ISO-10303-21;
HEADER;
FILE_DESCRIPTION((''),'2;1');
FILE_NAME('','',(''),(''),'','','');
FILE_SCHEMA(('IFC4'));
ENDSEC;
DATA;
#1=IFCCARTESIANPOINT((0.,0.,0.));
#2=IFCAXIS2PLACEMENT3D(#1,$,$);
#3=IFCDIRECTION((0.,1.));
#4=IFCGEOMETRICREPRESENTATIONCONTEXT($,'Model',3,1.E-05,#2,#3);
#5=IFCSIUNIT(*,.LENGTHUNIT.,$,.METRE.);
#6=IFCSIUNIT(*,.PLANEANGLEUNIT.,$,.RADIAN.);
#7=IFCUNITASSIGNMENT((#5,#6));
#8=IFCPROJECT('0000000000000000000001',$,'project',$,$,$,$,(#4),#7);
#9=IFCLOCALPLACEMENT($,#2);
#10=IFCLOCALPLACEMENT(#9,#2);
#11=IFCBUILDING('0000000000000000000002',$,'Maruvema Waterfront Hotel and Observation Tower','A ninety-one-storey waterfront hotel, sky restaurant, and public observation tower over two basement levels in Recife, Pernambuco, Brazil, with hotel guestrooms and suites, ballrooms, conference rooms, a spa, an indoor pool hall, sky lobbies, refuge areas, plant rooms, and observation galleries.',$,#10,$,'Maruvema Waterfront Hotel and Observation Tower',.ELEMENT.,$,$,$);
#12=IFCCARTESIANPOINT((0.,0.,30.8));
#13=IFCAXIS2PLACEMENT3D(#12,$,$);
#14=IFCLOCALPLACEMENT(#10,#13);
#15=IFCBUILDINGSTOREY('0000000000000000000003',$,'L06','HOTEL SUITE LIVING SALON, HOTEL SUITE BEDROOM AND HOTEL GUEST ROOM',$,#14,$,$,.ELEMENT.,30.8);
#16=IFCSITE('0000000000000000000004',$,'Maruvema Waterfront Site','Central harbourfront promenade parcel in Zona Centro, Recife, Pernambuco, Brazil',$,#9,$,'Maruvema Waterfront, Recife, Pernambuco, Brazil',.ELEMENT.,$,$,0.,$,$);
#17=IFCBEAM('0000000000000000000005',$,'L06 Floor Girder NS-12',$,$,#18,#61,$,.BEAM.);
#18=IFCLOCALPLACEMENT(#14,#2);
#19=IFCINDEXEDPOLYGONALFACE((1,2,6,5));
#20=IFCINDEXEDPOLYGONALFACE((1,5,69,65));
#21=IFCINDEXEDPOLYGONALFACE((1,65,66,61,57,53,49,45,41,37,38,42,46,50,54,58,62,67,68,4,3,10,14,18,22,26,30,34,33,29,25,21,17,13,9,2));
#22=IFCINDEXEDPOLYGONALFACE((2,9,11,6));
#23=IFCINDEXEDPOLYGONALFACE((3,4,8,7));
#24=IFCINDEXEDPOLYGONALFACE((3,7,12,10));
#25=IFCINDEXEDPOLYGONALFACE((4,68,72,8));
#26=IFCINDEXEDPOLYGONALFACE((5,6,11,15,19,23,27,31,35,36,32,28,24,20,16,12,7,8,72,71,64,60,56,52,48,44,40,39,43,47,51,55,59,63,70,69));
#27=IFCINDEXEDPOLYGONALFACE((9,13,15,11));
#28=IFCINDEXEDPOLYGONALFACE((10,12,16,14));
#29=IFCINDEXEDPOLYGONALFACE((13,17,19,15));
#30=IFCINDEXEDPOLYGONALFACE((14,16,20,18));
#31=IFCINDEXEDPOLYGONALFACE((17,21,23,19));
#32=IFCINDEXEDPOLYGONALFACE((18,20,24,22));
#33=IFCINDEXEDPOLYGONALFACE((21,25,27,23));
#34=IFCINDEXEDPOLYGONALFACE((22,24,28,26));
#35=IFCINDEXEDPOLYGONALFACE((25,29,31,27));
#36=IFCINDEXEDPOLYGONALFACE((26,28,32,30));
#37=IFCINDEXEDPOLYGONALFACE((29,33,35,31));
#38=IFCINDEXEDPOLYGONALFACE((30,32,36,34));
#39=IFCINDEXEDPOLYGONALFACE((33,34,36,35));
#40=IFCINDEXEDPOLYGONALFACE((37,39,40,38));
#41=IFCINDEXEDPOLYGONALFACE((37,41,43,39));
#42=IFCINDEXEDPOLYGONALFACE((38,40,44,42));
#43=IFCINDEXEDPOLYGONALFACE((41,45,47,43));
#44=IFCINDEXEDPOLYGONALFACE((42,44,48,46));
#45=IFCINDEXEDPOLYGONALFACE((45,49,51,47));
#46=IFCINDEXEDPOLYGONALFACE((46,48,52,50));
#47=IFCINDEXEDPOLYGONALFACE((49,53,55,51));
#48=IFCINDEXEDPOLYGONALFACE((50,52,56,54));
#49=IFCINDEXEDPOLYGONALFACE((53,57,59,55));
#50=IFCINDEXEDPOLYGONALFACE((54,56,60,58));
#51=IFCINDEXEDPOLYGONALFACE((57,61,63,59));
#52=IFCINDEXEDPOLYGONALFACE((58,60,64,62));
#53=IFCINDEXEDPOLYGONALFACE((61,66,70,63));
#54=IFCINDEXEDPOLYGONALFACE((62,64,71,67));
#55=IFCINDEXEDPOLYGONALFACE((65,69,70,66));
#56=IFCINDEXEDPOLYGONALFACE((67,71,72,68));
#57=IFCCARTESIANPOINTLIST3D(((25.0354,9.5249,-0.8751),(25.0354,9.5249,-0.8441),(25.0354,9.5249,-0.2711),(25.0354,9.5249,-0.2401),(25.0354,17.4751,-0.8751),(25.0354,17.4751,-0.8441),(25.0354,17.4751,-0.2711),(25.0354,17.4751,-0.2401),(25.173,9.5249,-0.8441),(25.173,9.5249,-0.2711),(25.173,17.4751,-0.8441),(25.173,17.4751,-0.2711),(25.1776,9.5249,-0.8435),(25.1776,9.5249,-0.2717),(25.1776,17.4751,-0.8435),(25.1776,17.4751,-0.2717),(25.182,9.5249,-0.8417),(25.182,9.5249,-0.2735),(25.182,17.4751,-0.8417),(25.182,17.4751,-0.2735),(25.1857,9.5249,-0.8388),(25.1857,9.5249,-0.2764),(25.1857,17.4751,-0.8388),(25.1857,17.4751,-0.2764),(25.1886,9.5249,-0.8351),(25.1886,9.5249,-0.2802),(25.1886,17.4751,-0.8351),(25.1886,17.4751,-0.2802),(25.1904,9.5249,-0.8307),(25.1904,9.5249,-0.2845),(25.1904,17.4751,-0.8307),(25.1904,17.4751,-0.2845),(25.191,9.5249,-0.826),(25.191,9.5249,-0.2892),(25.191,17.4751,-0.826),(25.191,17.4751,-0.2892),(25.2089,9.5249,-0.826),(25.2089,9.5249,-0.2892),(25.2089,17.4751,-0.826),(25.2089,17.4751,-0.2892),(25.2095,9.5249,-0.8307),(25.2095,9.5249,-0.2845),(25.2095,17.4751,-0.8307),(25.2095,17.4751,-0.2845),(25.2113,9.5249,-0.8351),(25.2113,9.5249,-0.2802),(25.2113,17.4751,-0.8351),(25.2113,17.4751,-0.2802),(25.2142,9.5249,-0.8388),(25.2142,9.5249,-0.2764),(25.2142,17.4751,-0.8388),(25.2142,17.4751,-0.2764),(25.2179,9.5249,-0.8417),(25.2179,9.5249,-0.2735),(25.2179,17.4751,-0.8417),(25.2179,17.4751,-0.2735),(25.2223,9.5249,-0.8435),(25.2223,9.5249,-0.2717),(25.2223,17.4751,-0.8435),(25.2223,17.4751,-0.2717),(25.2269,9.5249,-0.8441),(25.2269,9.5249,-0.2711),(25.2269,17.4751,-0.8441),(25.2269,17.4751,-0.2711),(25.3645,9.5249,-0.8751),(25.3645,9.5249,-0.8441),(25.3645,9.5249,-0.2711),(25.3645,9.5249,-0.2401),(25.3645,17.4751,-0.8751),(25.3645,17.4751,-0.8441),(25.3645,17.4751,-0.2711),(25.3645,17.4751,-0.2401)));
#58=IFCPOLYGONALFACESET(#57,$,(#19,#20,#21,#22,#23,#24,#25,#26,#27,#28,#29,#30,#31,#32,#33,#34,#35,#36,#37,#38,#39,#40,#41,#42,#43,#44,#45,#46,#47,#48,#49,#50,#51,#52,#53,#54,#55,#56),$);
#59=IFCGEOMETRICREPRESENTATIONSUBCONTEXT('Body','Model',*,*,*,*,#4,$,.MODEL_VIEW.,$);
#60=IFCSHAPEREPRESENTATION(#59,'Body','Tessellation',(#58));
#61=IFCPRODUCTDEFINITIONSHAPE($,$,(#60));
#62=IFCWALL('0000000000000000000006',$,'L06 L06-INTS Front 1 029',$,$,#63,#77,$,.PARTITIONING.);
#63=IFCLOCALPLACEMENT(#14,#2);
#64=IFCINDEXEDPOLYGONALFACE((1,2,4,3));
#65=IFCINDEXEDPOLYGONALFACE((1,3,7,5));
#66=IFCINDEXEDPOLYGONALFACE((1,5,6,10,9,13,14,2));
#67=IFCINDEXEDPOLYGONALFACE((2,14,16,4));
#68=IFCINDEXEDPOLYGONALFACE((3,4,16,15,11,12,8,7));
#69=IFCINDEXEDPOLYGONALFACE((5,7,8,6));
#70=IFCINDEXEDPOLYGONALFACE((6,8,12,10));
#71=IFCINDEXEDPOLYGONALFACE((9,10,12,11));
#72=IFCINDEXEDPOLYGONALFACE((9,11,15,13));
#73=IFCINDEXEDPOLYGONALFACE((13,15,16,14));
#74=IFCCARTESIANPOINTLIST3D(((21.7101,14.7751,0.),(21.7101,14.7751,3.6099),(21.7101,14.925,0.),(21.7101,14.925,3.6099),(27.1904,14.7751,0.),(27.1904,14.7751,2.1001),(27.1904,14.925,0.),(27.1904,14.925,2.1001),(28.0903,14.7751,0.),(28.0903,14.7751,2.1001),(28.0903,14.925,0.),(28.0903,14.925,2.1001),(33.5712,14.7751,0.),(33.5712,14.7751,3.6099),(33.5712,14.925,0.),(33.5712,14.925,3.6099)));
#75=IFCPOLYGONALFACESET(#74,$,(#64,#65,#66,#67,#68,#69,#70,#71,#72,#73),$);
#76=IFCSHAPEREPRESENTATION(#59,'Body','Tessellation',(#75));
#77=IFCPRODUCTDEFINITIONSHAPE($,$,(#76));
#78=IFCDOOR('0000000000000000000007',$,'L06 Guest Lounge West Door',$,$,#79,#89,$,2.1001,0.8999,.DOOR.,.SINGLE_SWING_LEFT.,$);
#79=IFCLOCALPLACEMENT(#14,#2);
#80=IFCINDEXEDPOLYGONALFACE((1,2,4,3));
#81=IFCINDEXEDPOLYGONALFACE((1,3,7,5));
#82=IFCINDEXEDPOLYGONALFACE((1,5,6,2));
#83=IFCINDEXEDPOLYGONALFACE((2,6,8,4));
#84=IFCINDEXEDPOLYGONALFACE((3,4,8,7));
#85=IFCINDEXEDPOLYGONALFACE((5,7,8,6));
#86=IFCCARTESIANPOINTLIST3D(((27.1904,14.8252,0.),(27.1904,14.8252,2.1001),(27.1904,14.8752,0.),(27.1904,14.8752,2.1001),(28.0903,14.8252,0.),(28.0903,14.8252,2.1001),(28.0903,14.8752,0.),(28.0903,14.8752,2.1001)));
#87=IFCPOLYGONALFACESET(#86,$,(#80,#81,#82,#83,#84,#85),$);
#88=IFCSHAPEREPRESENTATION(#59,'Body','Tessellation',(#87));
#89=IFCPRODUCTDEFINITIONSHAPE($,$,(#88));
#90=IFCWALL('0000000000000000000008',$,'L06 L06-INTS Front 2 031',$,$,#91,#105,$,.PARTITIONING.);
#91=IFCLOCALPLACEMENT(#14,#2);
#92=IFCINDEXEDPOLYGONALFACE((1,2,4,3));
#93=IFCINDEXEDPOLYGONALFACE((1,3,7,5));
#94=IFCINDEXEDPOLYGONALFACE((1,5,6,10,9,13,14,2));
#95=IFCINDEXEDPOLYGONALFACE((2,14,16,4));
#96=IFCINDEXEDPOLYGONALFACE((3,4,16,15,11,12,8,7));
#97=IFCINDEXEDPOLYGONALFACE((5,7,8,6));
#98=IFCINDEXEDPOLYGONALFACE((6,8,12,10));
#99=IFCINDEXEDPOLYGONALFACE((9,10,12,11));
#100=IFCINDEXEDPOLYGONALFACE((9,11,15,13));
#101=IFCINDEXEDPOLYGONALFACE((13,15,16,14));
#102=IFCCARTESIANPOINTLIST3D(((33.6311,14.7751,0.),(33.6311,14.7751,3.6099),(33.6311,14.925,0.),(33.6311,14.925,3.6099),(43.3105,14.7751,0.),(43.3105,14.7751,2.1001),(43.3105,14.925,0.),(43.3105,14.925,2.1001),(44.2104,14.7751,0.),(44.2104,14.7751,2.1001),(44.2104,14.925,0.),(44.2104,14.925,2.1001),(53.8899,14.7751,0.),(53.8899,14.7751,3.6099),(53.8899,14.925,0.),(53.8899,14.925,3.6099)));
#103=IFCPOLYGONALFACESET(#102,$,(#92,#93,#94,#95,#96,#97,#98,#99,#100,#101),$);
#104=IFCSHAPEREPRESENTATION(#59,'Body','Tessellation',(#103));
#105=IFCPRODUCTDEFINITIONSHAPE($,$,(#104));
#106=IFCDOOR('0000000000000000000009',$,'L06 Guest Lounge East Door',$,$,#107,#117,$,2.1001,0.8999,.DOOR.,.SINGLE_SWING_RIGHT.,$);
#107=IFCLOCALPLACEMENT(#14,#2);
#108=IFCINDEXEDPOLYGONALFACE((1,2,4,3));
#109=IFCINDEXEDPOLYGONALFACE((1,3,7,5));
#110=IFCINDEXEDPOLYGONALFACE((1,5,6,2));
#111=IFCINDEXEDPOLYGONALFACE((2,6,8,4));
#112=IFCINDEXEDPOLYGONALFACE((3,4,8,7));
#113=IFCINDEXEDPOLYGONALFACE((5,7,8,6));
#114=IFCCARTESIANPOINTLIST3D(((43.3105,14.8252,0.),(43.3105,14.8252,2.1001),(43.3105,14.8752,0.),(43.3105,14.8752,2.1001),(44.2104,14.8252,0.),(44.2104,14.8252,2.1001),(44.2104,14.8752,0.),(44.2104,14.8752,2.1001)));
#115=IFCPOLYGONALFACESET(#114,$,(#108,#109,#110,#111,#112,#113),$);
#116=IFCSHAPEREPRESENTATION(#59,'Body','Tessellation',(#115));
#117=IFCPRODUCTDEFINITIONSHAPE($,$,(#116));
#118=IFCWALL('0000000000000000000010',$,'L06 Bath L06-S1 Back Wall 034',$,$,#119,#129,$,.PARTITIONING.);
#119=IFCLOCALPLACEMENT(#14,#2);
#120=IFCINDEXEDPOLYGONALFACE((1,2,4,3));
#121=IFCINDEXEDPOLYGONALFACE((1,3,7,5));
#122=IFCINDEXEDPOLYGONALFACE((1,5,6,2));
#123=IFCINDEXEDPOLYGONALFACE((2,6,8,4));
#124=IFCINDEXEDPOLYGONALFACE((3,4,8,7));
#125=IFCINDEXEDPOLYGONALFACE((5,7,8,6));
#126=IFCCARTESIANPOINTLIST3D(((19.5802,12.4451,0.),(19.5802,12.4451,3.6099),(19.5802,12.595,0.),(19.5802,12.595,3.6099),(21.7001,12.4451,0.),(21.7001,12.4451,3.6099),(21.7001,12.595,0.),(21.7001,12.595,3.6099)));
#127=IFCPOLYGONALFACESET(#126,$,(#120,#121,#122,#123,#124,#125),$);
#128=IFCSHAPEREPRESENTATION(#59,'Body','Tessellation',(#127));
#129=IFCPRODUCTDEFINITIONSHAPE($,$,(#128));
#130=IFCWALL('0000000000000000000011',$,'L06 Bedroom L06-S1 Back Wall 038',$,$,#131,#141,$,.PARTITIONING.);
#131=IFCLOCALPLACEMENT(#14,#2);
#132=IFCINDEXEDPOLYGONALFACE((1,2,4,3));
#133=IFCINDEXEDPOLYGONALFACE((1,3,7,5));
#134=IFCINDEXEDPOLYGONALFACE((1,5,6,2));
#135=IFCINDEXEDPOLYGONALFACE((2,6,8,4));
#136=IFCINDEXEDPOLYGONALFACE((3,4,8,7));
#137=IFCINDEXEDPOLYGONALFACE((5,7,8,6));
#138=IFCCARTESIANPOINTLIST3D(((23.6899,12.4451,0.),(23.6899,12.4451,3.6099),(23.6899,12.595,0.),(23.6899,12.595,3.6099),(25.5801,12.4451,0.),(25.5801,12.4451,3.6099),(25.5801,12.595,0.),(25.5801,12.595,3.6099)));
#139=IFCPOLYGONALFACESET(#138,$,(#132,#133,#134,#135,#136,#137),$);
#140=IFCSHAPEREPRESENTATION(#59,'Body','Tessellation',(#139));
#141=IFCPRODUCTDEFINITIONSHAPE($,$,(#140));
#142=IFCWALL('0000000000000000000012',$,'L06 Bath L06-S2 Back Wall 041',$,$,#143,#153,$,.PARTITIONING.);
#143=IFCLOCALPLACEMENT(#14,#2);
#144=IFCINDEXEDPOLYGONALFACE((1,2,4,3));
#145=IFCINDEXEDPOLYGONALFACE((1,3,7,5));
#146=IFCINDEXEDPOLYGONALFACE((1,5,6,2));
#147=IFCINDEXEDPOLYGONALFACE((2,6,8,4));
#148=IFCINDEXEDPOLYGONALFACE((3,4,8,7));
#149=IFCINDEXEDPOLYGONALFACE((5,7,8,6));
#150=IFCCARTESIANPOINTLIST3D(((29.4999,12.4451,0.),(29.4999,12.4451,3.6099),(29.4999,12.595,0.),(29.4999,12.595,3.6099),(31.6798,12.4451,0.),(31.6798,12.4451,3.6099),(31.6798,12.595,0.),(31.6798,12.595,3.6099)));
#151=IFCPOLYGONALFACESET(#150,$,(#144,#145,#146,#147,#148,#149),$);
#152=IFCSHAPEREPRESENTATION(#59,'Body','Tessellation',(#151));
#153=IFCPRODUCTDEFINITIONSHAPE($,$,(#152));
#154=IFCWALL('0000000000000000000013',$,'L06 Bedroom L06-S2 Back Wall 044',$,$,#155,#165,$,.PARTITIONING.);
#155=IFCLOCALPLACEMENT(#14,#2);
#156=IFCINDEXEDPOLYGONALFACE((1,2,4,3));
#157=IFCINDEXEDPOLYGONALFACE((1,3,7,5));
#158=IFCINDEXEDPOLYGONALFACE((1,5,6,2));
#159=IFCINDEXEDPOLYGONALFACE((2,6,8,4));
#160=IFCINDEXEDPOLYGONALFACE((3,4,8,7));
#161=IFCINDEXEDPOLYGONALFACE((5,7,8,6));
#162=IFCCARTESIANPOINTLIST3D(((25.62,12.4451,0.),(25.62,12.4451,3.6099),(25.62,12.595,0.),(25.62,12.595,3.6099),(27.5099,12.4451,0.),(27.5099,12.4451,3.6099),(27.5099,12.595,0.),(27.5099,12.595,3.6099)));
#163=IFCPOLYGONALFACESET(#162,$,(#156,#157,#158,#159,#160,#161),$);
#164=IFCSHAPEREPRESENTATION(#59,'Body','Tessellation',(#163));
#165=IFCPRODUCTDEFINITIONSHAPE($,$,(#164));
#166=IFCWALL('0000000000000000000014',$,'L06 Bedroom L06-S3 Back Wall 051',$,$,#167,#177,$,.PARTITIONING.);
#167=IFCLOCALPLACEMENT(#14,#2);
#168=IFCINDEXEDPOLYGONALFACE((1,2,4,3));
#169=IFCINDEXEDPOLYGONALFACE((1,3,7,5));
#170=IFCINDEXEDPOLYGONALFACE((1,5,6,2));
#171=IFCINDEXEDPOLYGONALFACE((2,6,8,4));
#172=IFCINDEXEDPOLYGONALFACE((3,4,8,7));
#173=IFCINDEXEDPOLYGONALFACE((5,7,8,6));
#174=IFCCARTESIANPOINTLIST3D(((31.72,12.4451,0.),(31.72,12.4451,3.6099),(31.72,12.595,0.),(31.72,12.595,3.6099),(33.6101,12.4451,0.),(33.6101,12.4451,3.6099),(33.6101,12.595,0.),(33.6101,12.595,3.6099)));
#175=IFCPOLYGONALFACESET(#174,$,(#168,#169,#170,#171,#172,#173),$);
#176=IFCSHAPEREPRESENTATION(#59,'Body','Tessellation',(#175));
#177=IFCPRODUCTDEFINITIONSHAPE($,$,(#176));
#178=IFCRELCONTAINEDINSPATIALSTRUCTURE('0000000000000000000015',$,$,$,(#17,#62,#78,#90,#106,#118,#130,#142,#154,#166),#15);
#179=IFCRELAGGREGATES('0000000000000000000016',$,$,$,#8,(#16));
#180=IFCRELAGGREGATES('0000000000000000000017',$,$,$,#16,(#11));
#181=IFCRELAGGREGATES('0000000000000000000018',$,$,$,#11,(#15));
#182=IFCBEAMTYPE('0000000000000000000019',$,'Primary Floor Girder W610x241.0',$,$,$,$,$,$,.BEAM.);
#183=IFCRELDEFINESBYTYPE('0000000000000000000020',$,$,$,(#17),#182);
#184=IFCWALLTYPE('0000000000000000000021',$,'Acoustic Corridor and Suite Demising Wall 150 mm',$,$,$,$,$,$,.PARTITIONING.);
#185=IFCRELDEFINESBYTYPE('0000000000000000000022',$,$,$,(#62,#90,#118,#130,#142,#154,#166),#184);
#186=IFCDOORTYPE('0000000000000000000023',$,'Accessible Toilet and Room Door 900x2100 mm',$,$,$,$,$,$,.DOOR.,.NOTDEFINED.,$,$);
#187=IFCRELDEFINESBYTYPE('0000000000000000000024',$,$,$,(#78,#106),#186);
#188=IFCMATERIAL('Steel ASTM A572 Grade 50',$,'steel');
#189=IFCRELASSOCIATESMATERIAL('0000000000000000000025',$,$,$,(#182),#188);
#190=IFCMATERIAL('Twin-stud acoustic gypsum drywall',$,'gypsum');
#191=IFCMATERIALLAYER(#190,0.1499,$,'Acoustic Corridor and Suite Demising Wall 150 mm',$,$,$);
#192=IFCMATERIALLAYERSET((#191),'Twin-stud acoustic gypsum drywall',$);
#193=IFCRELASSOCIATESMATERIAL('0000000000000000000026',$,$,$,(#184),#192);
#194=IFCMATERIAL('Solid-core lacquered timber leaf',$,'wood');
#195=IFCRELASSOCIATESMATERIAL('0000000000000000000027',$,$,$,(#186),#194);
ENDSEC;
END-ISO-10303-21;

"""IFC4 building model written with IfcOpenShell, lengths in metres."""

from ifc_helpers import new_model, si_unit, direction, frame, frame_2d, origin, origin_2d, place, context, subcontext, project, spatial, rectangle, i_section, extrude, material, layer, layer_set, material_profile, profile_set, type_object, element, fill, save


model = new_model("IFC4")

# Units and contexts
model_context = context("Model", 3, precision=1e-05, world=origin(), true_north=direction((0.0, 1.0)))
body_context = subcontext(model_context, "Body", "Model", "MODEL_VIEW")
ifc_project = project(units=[si_unit("LENGTHUNIT", "METRE"), si_unit("PLANEANGLEUNIT", "RADIAN")], contexts=[model_context])

# Site, building, storey
site_placement = place(None, origin())
site = spatial("IfcSite", under=ifc_project, at=site_placement, Name="Maruvema Waterfront Site", Description="Central harbourfront promenade parcel in Zona Centro, Recife, Pernambuco, Brazil", LongName="Maruvema Waterfront, Recife, Pernambuco, Brazil", CompositionType="ELEMENT", RefElevation=0.0)
building_placement = place(site_placement, origin())
building = spatial("IfcBuilding", under=site, at=building_placement, Name="Maruvema Waterfront Hotel and Observation Tower", Description="A ninety-one-storey waterfront hotel, sky restaurant, and public observation tower over two basement levels in Recife, Pernambuco, Brazil, with hotel guestrooms and suites, ballrooms, conference rooms, a spa, an indoor pool hall, sky lobbies, refuge areas, plant rooms, and observation galleries.", LongName="Maruvema Waterfront Hotel and Observation Tower", CompositionType="ELEMENT")
storey_placement = place(building_placement, frame((0.0, 0.0, 30.8)))
storey = spatial("IfcBuildingStorey", under=building, at=storey_placement, Name="L06", Description="HOTEL SUITE LIVING SALON, HOTEL SUITE BEDROOM AND HOTEL GUEST ROOM", CompositionType="ELEMENT", Elevation=30.8)

# Beam
ifc_material_1 = material(Name="Steel ASTM A572 Grade 50", Category="steel")
ifc_material_profile = material_profile(ifc_material_1, i_section(OverallWidth=0.3291, OverallDepth=0.635, WebThickness=0.0178, FlangeThickness=0.031, FilletRadius=0.0181, at=origin_2d()), Name="W610x241.0")
ifc_profile_set = profile_set([ifc_material_profile], Name="Steel ASTM A572 Grade 50")
beam_type = type_object("IfcBeamType", Name="Primary Floor Girder W610x241.0", PredefinedType="BEAM", material=ifc_profile_set)
beam_placement = place(storey_placement, frame((25.2, 9.5249, -0.5576), z_axis=(0.0, 1.0, 0.0), x_axis=(-1.0, 0.0, 0.0)))
element("IfcBeam", 1, at=beam_placement, inside=storey, type_object=beam_type, Name="L06 Floor Girder NS-12", PredefinedType="BEAM", context=body_context, shape_type="SweptSolid", body=[
    extrude(i_section(OverallWidth=0.3291, OverallDepth=0.635, WebThickness=0.0178, FlangeThickness=0.031, FilletRadius=0.0181, at=origin_2d()), origin(), (0.0, 0.0, 1.0), 7.9502),
])

# Walls, openings, doors
ifc_material_2 = material(Name="Twin-stud acoustic gypsum drywall", Category="gypsum")
ifc_layer_1 = layer(ifc_material_2, 0.1499, Name="Acoustic Corridor and Suite Demising Wall 150 mm")
ifc_layer_set_1 = layer_set([ifc_layer_1], Name="Twin-stud acoustic gypsum drywall")
wall_type_1 = type_object("IfcWallType", Name="Acoustic Corridor and Suite Demising Wall 150 mm", PredefinedType="PARTITIONING", material=ifc_layer_set_1)
wall_1_placement = place(storey_placement, frame((21.71, 14.8501, 0.0), z_axis=(0.0, 0.0, 1.0), x_axis=(1.0, 0.0, 0.0)))
wall_1 = element("IfcWall", 2, at=wall_1_placement, inside=storey, type_object=wall_type_1, Name="L06 L06-INTS Front 1 029", PredefinedType="PARTITIONING", context=body_context, shape_type="SweptSolid", body=[
    extrude(rectangle(XDim=11.8611, YDim=0.1499, at=frame_2d((5.9307, 0.0))), origin(), (0.0, 0.0, 1.0), 3.6099),
])
opening_1_placement = place(wall_1_placement, frame((5.4805, 0.0, 0.0)))
opening_1 = element("IfcOpeningElement", 3, at=opening_1_placement, cuts=wall_1, PredefinedType="OPENING", context=body_context, shape_type="SweptSolid", body=[
    extrude(rectangle(XDim=0.8999, YDim=2.1001, at=frame_2d((0.45, 1.05))), frame((0.0, 0.085, 0.0), z_axis=(0.0, -1.0, 0.0), x_axis=(1.0, 0.0, 0.0)), (0.0, 0.0, 1.0), 0.1699),
])
ifc_material_3 = material(Name="Solid-core lacquered timber leaf", Category="wood")
door_type_1 = type_object("IfcDoorType", Name="Accessible Toilet and Room Door 900x2100 mm", OperationType="NOTDEFINED", PredefinedType="DOOR", material=ifc_material_3)
door_1_placement = place(opening_1_placement, frame((0.8999, 0.0, 0.0), z_axis=(0.0, 0.0, 1.0), x_axis=(-1.0, 0.0, 0.0)))
door_1 = element("IfcDoor", 4, at=door_1_placement, inside=storey, type_object=door_type_1, Name="L06 Guest Lounge West Door", OperationType="SINGLE_SWING_LEFT", OverallHeight=2.1001, OverallWidth=0.8999, PredefinedType="DOOR", context=body_context, shape_type="SweptSolid", body=[
    extrude(rectangle(XDim=0.8999, YDim=2.1001, at=frame_2d((0.45, 1.05))), frame((0.0, 0.0249, 0.0), z_axis=(0.0, -1.0, 0.0), x_axis=(1.0, 0.0, 0.0)), (0.0, 0.0, 1.0), 0.05),
])
fill(opening_1, door_1)
wall_2_placement = place(storey_placement, frame((33.6311, 14.8501, 0.0), z_axis=(0.0, 0.0, 1.0), x_axis=(1.0, 0.0, 0.0)))
wall_2 = element("IfcWall", 5, at=wall_2_placement, inside=storey, type_object=wall_type_1, Name="L06 L06-INTS Front 2 031", PredefinedType="PARTITIONING", context=body_context, shape_type="SweptSolid", body=[
    extrude(rectangle(XDim=20.2588, YDim=0.1499, at=frame_2d((10.1294, 0.0))), origin(), (0.0, 0.0, 1.0), 3.6099),
])
opening_2_placement = place(wall_2_placement, frame((9.6794, 0.0, 0.0)))
opening_2 = element("IfcOpeningElement", 6, at=opening_2_placement, cuts=wall_2, PredefinedType="OPENING", context=body_context, shape_type="SweptSolid", body=[
    extrude(rectangle(XDim=0.8999, YDim=2.1001, at=frame_2d((0.45, 1.05))), frame((0.0, 0.085, 0.0), z_axis=(0.0, -1.0, 0.0), x_axis=(1.0, 0.0, 0.0)), (0.0, 0.0, 1.0), 0.1699),
])
door_2_placement = place(opening_2_placement, frame((0.8999, 0.0, 0.0), z_axis=(0.0, 0.0, 1.0), x_axis=(-1.0, 0.0, 0.0)))
door_2 = element("IfcDoor", 7, at=door_2_placement, inside=storey, type_object=door_type_1, Name="L06 Guest Lounge East Door", OperationType="SINGLE_SWING_RIGHT", OverallHeight=2.1001, OverallWidth=0.8999, PredefinedType="DOOR", context=body_context, shape_type="SweptSolid", body=[
    extrude(rectangle(XDim=0.8999, YDim=2.1001, at=frame_2d((0.45, 1.05))), frame((0.0, 0.0249, 0.0), z_axis=(0.0, -1.0, 0.0), x_axis=(1.0, 0.0, 0.0)), (0.0, 0.0, 1.0), 0.05),
])
fill(opening_2, door_2)

# Wall
wall_3_placement = place(storey_placement, frame((19.5801, 12.52, 0.0), z_axis=(0.0, 0.0, 1.0), x_axis=(1.0, 0.0, 0.0)))
element("IfcWall", 8, at=wall_3_placement, inside=storey, type_object=wall_type_1, Name="L06 Bath L06-S1 Back Wall 034", PredefinedType="PARTITIONING", context=body_context, shape_type="SweptSolid", body=[
    extrude(rectangle(XDim=2.1199, YDim=0.1499, at=frame_2d((1.0601, 0.0))), origin(), (0.0, 0.0, 1.0), 3.6099),
])

# Walls
wall_4_placement = place(storey_placement, frame((23.6899, 12.52, 0.0), z_axis=(0.0, 0.0, 1.0), x_axis=(1.0, 0.0, 0.0)))
element("IfcWall", 9, at=wall_4_placement, inside=storey, type_object=wall_type_1, Name="L06 Bedroom L06-S1 Back Wall 038", PredefinedType="PARTITIONING", context=body_context, shape_type="SweptSolid", body=[
    extrude(rectangle(XDim=1.8901, YDim=0.1499, at=frame_2d((0.9451, 0.0))), origin(), (0.0, 0.0, 1.0), 3.6099),
])
wall_5_placement = place(storey_placement, frame((29.5, 12.52, 0.0), z_axis=(0.0, 0.0, 1.0), x_axis=(1.0, 0.0, 0.0)))
element("IfcWall", 10, at=wall_5_placement, inside=storey, type_object=wall_type_1, Name="L06 Bath L06-S2 Back Wall 041", PredefinedType="PARTITIONING", context=body_context, shape_type="SweptSolid", body=[
    extrude(rectangle(XDim=2.1799, YDim=0.1499, at=frame_2d((1.0898, 0.0))), origin(), (0.0, 0.0, 1.0), 3.6099),
])
wall_6_placement = place(storey_placement, frame((25.6201, 12.52, 0.0), z_axis=(0.0, 0.0, 1.0), x_axis=(1.0, 0.0, 0.0)))
element("IfcWall", 11, at=wall_6_placement, inside=storey, type_object=wall_type_1, Name="L06 Bedroom L06-S2 Back Wall 044", PredefinedType="PARTITIONING", context=body_context, shape_type="SweptSolid", body=[
    extrude(rectangle(XDim=1.8899, YDim=0.1499, at=frame_2d((0.9448, 0.0))), origin(), (0.0, 0.0, 1.0), 3.6099),
])

# Wall
wall_7_placement = place(storey_placement, frame((31.72, 12.52, 0.0), z_axis=(0.0, 0.0, 1.0), x_axis=(1.0, 0.0, 0.0)))
element("IfcWall", 12, at=wall_7_placement, inside=storey, type_object=wall_type_1, Name="L06 Bedroom L06-S3 Back Wall 051", PredefinedType="PARTITIONING", context=body_context, shape_type="SweptSolid", body=[
    extrude(rectangle(XDim=1.8901, YDim=0.1499, at=frame_2d((0.9451, 0.0))), origin(), (0.0, 0.0, 1.0), 3.6099),
])

save(model, "model.ifc")
